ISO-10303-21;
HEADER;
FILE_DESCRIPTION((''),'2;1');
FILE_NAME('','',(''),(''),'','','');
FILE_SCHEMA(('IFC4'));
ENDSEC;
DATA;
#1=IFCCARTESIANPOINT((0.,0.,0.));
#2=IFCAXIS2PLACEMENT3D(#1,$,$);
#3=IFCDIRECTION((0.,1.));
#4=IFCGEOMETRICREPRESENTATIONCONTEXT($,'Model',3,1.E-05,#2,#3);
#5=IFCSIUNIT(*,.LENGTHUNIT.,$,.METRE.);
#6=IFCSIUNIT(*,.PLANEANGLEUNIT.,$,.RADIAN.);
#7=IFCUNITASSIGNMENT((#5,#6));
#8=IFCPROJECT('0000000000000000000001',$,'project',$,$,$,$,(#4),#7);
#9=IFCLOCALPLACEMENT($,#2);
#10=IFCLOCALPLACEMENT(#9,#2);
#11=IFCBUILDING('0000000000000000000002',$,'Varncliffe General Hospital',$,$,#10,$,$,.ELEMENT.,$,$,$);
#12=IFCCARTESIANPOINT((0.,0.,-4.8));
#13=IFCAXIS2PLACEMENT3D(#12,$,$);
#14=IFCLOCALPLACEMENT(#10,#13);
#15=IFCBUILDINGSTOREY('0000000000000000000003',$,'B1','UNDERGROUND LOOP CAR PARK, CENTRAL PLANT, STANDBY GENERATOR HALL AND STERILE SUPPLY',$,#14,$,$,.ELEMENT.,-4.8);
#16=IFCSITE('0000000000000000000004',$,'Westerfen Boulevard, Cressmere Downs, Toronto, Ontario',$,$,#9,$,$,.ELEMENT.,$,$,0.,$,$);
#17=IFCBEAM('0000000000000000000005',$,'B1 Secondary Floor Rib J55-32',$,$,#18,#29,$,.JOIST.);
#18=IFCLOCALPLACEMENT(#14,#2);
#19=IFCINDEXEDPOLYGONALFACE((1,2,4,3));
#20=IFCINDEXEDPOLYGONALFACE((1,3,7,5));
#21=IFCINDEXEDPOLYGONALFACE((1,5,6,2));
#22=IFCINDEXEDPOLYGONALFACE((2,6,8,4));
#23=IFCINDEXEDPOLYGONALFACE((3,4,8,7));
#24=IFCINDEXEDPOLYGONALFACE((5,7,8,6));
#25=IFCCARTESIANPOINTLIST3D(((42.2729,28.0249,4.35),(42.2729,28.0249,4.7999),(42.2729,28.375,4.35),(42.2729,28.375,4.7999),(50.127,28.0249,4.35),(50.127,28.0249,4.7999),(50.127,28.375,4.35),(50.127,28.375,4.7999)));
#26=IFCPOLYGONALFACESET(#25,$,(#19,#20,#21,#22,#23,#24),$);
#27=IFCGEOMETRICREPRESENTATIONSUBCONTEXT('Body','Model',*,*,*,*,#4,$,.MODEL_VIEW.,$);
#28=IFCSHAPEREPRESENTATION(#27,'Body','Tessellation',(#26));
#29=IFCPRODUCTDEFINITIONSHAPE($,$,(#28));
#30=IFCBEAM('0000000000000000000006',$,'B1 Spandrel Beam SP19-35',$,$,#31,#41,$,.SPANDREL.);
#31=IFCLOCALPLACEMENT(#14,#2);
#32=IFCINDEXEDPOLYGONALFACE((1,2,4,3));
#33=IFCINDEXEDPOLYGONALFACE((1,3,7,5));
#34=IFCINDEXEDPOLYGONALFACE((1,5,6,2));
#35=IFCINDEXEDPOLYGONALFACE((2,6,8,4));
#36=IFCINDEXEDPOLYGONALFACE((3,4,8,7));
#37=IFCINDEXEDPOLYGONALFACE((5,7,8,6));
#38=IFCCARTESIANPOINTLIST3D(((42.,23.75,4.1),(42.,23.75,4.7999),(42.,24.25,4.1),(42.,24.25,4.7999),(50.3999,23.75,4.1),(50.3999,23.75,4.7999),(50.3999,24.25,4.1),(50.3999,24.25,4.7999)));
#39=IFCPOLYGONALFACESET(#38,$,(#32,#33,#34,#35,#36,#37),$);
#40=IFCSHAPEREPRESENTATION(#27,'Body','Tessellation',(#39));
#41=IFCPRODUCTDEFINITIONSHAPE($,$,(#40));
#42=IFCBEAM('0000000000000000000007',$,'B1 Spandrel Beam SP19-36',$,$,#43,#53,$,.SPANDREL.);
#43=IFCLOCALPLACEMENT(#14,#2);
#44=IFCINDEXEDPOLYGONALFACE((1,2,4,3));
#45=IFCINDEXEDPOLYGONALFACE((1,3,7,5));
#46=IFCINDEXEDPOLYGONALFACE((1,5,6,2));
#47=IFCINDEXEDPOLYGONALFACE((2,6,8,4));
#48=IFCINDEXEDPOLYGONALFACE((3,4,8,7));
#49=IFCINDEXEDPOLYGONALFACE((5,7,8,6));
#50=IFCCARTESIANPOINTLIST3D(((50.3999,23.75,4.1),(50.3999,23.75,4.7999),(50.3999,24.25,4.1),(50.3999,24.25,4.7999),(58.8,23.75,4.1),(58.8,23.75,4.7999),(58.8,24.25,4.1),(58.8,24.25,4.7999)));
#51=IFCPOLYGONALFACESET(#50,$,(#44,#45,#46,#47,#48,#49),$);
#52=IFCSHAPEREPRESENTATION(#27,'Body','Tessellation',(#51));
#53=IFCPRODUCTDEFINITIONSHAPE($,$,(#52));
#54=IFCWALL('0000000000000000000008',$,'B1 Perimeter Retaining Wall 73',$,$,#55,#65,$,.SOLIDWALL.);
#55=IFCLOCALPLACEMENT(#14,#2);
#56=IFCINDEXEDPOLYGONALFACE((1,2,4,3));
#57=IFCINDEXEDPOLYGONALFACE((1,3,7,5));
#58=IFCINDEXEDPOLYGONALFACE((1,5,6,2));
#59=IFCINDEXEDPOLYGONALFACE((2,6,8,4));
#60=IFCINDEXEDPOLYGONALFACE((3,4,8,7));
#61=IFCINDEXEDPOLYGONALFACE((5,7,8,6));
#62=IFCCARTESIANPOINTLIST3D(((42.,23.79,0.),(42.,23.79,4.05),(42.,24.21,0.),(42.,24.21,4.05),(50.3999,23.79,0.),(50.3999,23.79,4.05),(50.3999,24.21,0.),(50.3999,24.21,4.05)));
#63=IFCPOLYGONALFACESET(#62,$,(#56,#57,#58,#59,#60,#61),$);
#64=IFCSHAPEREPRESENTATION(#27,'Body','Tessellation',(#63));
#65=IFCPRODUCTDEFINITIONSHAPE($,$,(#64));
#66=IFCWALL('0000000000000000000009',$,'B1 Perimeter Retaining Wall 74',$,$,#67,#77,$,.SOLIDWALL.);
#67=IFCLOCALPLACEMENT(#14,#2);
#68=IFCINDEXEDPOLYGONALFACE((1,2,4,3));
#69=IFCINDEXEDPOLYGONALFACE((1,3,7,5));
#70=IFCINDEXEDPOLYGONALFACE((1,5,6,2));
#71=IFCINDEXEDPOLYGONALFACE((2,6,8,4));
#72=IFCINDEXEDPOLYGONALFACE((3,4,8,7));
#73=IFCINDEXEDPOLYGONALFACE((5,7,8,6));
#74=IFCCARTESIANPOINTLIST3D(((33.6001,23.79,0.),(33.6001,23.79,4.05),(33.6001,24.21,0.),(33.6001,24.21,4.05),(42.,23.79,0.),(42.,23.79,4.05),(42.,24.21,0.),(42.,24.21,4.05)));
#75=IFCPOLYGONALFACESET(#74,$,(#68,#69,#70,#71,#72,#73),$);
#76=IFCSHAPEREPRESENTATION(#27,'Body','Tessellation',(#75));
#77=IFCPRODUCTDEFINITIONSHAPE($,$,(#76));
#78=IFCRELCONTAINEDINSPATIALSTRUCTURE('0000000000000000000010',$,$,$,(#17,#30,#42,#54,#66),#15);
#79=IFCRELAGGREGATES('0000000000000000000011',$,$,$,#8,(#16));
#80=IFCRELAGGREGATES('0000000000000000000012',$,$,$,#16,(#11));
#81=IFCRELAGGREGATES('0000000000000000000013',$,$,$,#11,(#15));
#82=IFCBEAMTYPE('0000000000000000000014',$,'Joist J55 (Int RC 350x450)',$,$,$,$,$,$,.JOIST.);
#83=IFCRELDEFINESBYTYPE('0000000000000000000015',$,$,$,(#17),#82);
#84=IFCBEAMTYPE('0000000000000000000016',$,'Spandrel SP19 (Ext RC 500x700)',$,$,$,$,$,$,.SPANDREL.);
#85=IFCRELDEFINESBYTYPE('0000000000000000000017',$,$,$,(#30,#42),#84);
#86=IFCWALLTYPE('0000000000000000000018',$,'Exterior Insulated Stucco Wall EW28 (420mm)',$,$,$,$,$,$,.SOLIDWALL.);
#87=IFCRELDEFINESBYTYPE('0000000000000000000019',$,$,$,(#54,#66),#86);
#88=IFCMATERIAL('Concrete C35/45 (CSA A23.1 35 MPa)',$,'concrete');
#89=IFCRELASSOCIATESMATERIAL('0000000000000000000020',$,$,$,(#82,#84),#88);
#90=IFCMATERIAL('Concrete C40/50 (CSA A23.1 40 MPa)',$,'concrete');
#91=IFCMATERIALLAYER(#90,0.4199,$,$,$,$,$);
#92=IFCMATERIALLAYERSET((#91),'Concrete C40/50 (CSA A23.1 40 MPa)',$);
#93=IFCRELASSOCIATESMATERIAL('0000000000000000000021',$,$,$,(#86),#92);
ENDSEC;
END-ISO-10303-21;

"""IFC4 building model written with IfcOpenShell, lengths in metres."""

from ifc_helpers import new_model, si_unit, direction, frame, frame_2d, origin, origin_2d, place, context, subcontext, project, spatial, rectangle, extrude, material, layer, layer_set, material_profile, profile_set, type_object, element, save


model = new_model("IFC4")

# Units and contexts
model_context = context("Model", 3, precision=1e-05, world=origin(), true_north=direction((0.0, 1.0)))
body_context = subcontext(model_context, "Body", "Model", "MODEL_VIEW")
ifc_project = project(units=[si_unit("LENGTHUNIT", "METRE"), si_unit("PLANEANGLEUNIT", "RADIAN")], contexts=[model_context])

# Site, building, storey
site_placement = place(None, origin())
site = spatial("IfcSite", under=ifc_project, at=site_placement, Name="Westerfen Boulevard, Cressmere Downs, Toronto, Ontario", CompositionType="ELEMENT", RefElevation=0.0)
building_placement = place(site_placement, origin())
building = spatial("IfcBuilding", under=site, at=building_placement, Name="Varncliffe General Hospital", CompositionType="ELEMENT")
storey_placement = place(building_placement, frame((0.0, 0.0, -4.8)))
storey = spatial("IfcBuildingStorey", under=building, at=storey_placement, Name="B1", Description="UNDERGROUND LOOP CAR PARK, CENTRAL PLANT, STANDBY GENERATOR HALL AND STERILE SUPPLY", CompositionType="ELEMENT", Elevation=-4.8)

# Shared definitions
ifc_material_1 = material(Name="Concrete C40/50 (CSA A23.1 40 MPa)", Category="concrete")

# Beams
ifc_material_2 = material(Name="Concrete C35/45 (CSA A23.1 35 MPa)", Category="concrete")
ifc_material_profile_1 = material_profile(ifc_material_2, rectangle(XDim=0.3501, YDim=0.45, at=origin_2d()), Name="RC 350x450")
ifc_profile_set_1 = profile_set([ifc_material_profile_1], Name="Concrete C35/45 (CSA A23.1 35 MPa)")
beam_type_1 = type_object("IfcBeamType", Name="Joist J55 (Int RC 350x450)", PredefinedType="JOIST", material=ifc_profile_set_1)
for number, where, z_axis, x_axis, name in (
    (1, (42.2729, 28.2, 4.575), (1.0, 0.0, 0.0), (0.0, 1.0, 0.0), "B1 Secondary Floor Rib J55-32"),
):
    element("IfcBeam", number, at=place(storey_placement, frame(where, z_axis=z_axis, x_axis=x_axis)), inside=storey, type_object=beam_type_1, Name=name, PredefinedType="JOIST", context=body_context, shape_type="SweptSolid", body=[
        extrude(rectangle(XDim=0.3501, YDim=0.45, at=origin_2d()), origin(), (0.0, 0.0, 1.0), 7.854),
    ])
ifc_material_profile_2 = material_profile(ifc_material_2, rectangle(XDim=0.5, YDim=0.7, at=origin_2d()), Name="RC 500x700")
ifc_profile_set_2 = profile_set([ifc_material_profile_2], Name="Concrete C35/45 (CSA A23.1 35 MPa)")
beam_type_2 = type_object("IfcBeamType", Name="Spandrel SP19 (Ext RC 500x700)", PredefinedType="SPANDREL", material=ifc_profile_set_2)
beam_1_placement = place(storey_placement, frame((42.0, 24.0, 4.45), z_axis=(1.0, 0.0, 0.0), x_axis=(0.0, 1.0, 0.0)))
element("IfcBeam", 2, at=beam_1_placement, inside=storey, type_object=beam_type_2, Name="B1 Spandrel Beam SP19-35", PredefinedType="SPANDREL", context=body_context, shape_type="SweptSolid", body=[
    extrude(rectangle(XDim=0.5, YDim=0.7, at=origin_2d()), origin(), (0.0, 0.0, 1.0), 8.3999),
])
beam_2_placement = place(storey_placement, frame((50.3999, 24.0, 4.45), z_axis=(1.0, 0.0, 0.0), x_axis=(0.0, 1.0, 0.0)))
element("IfcBeam", 3, at=beam_2_placement, inside=storey, type_object=beam_type_2, Name="B1 Spandrel Beam SP19-36", PredefinedType="SPANDREL", context=body_context, shape_type="SweptSolid", body=[
    extrude(rectangle(XDim=0.5, YDim=0.7, at=origin_2d()), origin(), (0.0, 0.0, 1.0), 8.4001),
])

# Walls
ifc_layer = layer(ifc_material_1, 0.4199)
ifc_layer_set = layer_set([ifc_layer], Name="Concrete C40/50 (CSA A23.1 40 MPa)")
wall_type = type_object("IfcWallType", Name="Exterior Insulated Stucco Wall EW28 (420mm)", PredefinedType="SOLIDWALL", material=ifc_layer_set)
for number, where, z_axis, x_axis, name in (
    (4, (50.3999, 24.0, 0.0), (0.0, 0.0, 1.0), (-1.0, 0.0, 0.0), "B1 Perimeter Retaining Wall 73"),
    (5, (42.0, 24.0, 0.0), (0.0, 0.0, 1.0), (-1.0, 0.0, 0.0), "B1 Perimeter Retaining Wall 74"),
):
    element("IfcWall", number, at=place(storey_placement, frame(where, z_axis=z_axis, x_axis=x_axis)), inside=storey, type_object=wall_type, Name=name, PredefinedType="SOLIDWALL", context=body_context, shape_type="SweptSolid", body=[
        extrude(rectangle(XDim=8.3999, YDim=0.4199, at=frame_2d((4.2, 0.0))), origin(), (0.0, 0.0, 1.0), 4.05),
    ])

save(model, "model.ifc")
